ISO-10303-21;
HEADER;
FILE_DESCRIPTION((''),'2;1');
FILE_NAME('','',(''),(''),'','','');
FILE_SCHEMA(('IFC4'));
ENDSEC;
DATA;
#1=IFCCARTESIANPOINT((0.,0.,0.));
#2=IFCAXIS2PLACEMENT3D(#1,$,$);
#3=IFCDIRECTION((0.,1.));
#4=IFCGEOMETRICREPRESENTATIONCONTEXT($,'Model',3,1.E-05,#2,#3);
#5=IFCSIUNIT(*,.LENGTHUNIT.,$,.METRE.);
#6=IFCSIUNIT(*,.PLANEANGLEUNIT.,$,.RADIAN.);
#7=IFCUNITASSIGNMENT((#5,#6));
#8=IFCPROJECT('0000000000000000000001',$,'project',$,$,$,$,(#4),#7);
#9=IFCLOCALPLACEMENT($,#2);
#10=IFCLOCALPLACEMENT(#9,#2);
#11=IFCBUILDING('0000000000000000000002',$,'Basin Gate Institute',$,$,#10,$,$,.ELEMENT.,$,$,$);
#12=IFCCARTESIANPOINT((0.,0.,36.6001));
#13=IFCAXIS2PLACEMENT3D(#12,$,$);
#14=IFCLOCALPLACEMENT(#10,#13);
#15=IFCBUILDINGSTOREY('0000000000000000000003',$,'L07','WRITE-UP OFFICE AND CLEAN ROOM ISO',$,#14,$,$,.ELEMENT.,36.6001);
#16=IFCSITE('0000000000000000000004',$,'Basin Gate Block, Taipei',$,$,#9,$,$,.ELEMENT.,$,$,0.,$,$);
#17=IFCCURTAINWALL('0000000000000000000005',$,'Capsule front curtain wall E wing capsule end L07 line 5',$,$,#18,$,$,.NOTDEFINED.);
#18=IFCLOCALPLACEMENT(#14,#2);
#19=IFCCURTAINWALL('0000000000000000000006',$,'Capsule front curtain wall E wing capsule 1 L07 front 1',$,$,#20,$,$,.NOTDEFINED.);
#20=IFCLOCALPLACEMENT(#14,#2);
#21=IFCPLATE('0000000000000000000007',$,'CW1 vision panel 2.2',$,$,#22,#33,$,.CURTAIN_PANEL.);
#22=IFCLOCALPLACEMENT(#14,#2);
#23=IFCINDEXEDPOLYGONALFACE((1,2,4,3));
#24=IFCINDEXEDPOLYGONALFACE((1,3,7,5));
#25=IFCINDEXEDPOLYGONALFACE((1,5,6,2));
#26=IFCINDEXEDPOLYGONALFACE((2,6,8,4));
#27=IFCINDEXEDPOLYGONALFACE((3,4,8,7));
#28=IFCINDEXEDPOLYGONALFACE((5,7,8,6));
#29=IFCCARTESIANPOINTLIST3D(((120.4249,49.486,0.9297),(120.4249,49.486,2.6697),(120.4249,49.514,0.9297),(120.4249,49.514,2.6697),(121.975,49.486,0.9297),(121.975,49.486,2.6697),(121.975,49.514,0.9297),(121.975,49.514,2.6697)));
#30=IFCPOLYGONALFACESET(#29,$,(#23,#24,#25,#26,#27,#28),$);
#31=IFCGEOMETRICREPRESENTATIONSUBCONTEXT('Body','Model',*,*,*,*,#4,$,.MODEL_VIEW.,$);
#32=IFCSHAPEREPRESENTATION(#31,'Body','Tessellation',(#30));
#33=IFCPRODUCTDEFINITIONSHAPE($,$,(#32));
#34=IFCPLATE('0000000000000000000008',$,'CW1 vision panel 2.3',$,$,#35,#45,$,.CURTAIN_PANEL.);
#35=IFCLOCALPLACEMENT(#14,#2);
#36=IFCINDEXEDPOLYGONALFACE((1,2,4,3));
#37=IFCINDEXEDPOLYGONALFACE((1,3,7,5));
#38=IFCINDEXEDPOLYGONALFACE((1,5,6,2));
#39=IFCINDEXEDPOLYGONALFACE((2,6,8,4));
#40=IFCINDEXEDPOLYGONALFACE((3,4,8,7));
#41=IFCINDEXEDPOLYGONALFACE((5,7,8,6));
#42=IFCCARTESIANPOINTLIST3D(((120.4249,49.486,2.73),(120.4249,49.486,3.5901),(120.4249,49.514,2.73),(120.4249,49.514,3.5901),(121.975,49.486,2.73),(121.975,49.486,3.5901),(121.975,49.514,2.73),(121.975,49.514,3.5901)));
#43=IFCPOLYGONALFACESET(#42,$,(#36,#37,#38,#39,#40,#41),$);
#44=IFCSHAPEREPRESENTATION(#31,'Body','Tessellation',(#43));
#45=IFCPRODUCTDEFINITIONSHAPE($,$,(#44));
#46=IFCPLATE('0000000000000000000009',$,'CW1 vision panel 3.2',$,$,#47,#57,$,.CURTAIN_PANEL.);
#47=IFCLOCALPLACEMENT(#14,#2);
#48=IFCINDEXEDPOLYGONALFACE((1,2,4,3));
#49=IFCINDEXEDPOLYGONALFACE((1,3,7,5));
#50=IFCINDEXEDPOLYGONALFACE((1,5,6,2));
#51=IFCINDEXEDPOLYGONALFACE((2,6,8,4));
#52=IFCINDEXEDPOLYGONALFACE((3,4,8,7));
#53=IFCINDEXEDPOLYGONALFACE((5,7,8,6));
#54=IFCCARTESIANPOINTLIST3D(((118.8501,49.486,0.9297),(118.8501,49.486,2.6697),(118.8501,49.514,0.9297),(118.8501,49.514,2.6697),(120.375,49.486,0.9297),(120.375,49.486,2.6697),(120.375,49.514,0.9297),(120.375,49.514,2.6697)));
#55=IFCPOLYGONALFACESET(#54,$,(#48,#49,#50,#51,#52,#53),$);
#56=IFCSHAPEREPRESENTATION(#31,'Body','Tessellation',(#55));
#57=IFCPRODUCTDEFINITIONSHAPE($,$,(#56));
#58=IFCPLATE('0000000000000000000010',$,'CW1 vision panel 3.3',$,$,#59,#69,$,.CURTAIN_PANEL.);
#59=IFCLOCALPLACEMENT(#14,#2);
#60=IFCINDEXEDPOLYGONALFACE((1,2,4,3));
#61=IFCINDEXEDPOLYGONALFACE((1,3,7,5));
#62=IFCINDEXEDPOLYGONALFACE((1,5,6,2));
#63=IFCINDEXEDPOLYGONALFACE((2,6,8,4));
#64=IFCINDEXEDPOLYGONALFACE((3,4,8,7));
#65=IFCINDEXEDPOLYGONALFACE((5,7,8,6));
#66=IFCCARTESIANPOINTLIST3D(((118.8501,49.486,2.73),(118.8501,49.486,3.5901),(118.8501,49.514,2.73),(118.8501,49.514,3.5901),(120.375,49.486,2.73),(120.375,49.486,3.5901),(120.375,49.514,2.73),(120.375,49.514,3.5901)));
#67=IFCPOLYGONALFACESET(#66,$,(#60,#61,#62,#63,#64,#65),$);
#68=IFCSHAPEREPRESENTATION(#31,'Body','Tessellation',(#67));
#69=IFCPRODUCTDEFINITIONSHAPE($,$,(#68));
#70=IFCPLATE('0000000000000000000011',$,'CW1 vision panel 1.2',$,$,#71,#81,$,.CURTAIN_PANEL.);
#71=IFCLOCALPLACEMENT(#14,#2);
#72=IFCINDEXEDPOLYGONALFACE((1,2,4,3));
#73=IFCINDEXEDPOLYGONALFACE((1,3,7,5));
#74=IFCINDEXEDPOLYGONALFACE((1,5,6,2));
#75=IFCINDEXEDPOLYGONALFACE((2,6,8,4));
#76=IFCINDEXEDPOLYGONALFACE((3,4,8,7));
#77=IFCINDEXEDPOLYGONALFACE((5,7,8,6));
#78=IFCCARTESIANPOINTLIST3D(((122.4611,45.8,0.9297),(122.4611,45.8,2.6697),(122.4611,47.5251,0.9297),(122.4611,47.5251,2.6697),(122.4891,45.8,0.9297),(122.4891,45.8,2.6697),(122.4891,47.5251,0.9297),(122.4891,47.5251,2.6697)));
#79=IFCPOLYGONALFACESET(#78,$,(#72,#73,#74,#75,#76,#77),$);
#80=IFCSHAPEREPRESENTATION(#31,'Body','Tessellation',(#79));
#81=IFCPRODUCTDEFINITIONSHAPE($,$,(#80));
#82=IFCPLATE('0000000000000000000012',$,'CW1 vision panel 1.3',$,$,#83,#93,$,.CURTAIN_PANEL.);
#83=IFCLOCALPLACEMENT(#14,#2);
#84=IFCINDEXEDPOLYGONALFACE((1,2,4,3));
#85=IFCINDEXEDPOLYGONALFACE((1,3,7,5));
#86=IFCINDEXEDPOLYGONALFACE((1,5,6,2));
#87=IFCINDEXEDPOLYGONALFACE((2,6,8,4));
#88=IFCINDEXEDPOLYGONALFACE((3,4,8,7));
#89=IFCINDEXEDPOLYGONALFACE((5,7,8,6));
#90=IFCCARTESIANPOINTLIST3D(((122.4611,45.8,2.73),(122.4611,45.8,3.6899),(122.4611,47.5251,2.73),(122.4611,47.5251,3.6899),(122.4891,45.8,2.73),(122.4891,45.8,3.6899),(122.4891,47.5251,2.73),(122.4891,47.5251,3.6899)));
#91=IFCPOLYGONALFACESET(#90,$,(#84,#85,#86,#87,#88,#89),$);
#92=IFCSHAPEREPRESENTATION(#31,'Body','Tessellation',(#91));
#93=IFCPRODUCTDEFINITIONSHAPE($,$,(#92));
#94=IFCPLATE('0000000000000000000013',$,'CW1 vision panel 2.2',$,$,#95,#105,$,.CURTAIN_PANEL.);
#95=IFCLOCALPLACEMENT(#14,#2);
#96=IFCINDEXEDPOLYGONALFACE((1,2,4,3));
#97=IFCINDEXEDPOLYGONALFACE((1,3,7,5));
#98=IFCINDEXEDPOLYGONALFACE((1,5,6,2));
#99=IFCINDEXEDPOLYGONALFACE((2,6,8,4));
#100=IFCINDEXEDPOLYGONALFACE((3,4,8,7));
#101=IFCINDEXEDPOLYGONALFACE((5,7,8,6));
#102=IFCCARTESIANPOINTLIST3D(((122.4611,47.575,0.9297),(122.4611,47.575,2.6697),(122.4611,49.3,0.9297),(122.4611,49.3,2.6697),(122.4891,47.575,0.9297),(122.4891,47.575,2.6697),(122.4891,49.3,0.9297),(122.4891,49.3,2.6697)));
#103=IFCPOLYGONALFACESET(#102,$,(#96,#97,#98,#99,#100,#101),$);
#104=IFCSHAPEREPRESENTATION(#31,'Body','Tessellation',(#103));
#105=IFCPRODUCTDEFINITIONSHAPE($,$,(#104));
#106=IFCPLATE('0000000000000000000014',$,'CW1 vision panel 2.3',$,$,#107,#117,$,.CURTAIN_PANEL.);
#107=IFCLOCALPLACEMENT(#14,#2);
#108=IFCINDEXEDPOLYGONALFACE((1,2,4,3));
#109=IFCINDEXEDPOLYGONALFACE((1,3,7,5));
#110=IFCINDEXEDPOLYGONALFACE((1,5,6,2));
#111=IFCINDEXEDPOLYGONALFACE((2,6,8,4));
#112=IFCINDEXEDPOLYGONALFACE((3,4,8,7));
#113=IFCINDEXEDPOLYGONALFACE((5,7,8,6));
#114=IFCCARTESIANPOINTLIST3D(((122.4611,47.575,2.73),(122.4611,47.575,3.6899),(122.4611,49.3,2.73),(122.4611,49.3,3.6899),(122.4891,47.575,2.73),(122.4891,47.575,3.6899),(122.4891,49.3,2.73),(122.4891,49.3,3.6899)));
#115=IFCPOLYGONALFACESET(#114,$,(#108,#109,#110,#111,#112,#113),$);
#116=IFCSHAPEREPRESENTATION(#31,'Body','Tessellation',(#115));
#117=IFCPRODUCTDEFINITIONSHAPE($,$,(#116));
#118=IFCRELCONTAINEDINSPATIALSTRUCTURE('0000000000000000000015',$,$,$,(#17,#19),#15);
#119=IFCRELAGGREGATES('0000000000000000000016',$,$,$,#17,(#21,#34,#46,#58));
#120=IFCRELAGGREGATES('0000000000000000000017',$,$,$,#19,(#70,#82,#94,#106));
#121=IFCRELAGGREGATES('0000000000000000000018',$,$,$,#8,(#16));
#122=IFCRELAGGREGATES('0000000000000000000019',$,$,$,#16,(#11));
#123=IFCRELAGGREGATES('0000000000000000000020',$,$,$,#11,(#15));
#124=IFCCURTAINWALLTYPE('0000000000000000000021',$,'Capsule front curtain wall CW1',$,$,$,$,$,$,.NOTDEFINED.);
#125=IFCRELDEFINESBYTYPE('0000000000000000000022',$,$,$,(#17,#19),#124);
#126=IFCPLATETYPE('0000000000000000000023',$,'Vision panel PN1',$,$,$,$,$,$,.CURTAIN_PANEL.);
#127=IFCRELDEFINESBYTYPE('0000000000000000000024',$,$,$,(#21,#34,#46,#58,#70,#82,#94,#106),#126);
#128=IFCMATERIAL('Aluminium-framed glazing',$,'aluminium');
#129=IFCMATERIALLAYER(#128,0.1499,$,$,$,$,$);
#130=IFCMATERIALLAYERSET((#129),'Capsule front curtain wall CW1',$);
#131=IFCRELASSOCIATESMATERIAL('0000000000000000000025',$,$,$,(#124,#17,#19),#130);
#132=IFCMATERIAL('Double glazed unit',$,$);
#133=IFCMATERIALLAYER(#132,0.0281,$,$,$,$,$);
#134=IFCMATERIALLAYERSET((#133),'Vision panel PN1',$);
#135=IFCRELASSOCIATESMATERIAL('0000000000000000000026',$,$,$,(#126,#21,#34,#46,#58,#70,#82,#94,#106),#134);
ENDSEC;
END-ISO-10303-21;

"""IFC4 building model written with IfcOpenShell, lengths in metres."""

from ifc_helpers import new_model, si_unit, direction, frame, origin, origin_2d, place, context, subcontext, project, spatial, rectangle, extrude, material, layer, layer_set, type_object, element, aggregate, save


model = new_model("IFC4")

# Units and contexts
model_context = context("Model", 3, precision=1e-05, world=origin(), true_north=direction((0.0, 1.0)))
body_context = subcontext(model_context, "Body", "Model", "MODEL_VIEW")
ifc_project = project(units=[si_unit("LENGTHUNIT", "METRE"), si_unit("PLANEANGLEUNIT", "RADIAN")], contexts=[model_context])

# Site, building, storey
site_placement = place(None, origin())
site = spatial("IfcSite", under=ifc_project, at=site_placement, Name="Basin Gate Block, Taipei", CompositionType="ELEMENT", RefElevation=0.0)
building_placement = place(site_placement, origin())
building = spatial("IfcBuilding", under=site, at=building_placement, Name="Basin Gate Institute", CompositionType="ELEMENT")
storey_placement = place(building_placement, frame((0.0, 0.0, 36.6001)))
storey = spatial("IfcBuildingStorey", under=building, at=storey_placement, Name="L07", Description="WRITE-UP OFFICE AND CLEAN ROOM ISO", CompositionType="ELEMENT", Elevation=36.6001)

# Shared definitions
ifc_material_1 = material(Name="Aluminium-framed glazing", Category="aluminium")
ifc_layer_1 = layer(ifc_material_1, 0.1499)
ifc_layer_set_1 = layer_set([ifc_layer_1], Name="Capsule front curtain wall CW1")
curtain_wall_type = type_object("IfcCurtainWallType", Name="Capsule front curtain wall CW1", PredefinedType="NOTDEFINED", material=ifc_layer_set_1)

# Curtain walls
curtain_wall_1_placement = place(storey_placement, origin())
curtain_wall_1 = element("IfcCurtainWall", 1, at=curtain_wall_1_placement, inside=storey, type_object=curtain_wall_type, material=ifc_layer_set_1, Name="Capsule front curtain wall E wing capsule end L07 line 5", PredefinedType="NOTDEFINED")
curtain_wall_2_placement = place(storey_placement, origin())
curtain_wall_2 = element("IfcCurtainWall", 2, at=curtain_wall_2_placement, inside=storey, type_object=curtain_wall_type, material=ifc_layer_set_1, Name="Capsule front curtain wall E wing capsule 1 L07 front 1", PredefinedType="NOTDEFINED")

# Plates
ifc_material_2 = material(Name="Double glazed unit")
ifc_layer_2 = layer(ifc_material_2, 0.0281)
ifc_layer_set_2 = layer_set([ifc_layer_2], Name="Vision panel PN1")
plate_type_1 = type_object("IfcPlateType", Name="Vision panel PN1", PredefinedType="CURTAIN_PANEL", material=ifc_layer_set_2)
plate_1_placement = place(storey_placement, frame((121.2, 49.5, 0.9297), z_axis=(0.0, 0.0, 1.0), x_axis=(-1.0, 0.0, 0.0)))
plate_1 = element("IfcPlate", 3, at=plate_1_placement, type_object=plate_type_1, material=ifc_layer_set_2, Name="CW1 vision panel 2.2", PredefinedType="CURTAIN_PANEL", context=body_context, shape_type="SweptSolid", body=[
    extrude(rectangle(XDim=1.55, YDim=0.0281, at=origin_2d()), origin(), (0.0, 0.0, 1.0), 1.74),
])
plate_2_placement = place(storey_placement, frame((121.2, 49.5, 2.73), z_axis=(0.0, 0.0, 1.0), x_axis=(-1.0, 0.0, 0.0)))
plate_2 = element("IfcPlate", 4, at=plate_2_placement, type_object=plate_type_1, material=ifc_layer_set_2, Name="CW1 vision panel 2.3", PredefinedType="CURTAIN_PANEL", context=body_context, shape_type="SweptSolid", body=[
    extrude(rectangle(XDim=1.55, YDim=0.0281, at=origin_2d()), origin(), (0.0, 0.0, 1.0), 0.8601),
])
plate_3_placement = place(storey_placement, frame((119.6125, 49.5, 0.9297), z_axis=(0.0, 0.0, 1.0), x_axis=(-1.0, 0.0, 0.0)))
plate_3 = element("IfcPlate", 5, at=plate_3_placement, type_object=plate_type_1, material=ifc_layer_set_2, Name="CW1 vision panel 3.2", PredefinedType="CURTAIN_PANEL", context=body_context, shape_type="SweptSolid", body=[
    extrude(rectangle(XDim=1.5249, YDim=0.0281, at=origin_2d()), origin(), (0.0, 0.0, 1.0), 1.74),
])
plate_4_placement = place(storey_placement, frame((119.6125, 49.5, 2.73), z_axis=(0.0, 0.0, 1.0), x_axis=(-1.0, 0.0, 0.0)))
plate_4 = element("IfcPlate", 6, at=plate_4_placement, type_object=plate_type_1, material=ifc_layer_set_2, Name="CW1 vision panel 3.3", PredefinedType="CURTAIN_PANEL", context=body_context, shape_type="SweptSolid", body=[
    extrude(rectangle(XDim=1.5249, YDim=0.0281, at=origin_2d()), origin(), (0.0, 0.0, 1.0), 0.8601),
])
aggregate(curtain_wall_1, [plate_1, plate_2, plate_3, plate_4])
plate_5_placement = place(storey_placement, frame((122.4751, 46.6626, 0.9297), z_axis=(0.0, 0.0, 1.0), x_axis=(0.0, 1.0, 0.0)))
plate_5 = element("IfcPlate", 7, at=plate_5_placement, type_object=plate_type_1, material=ifc_layer_set_2, Name="CW1 vision panel 1.2", PredefinedType="CURTAIN_PANEL", context=body_context, shape_type="SweptSolid", body=[
    extrude(rectangle(XDim=1.7251, YDim=0.0281, at=origin_2d()), origin(), (0.0, 0.0, 1.0), 1.74),
])
plate_6_placement = place(storey_placement, frame((122.4751, 46.6626, 2.73), z_axis=(0.0, 0.0, 1.0), x_axis=(0.0, 1.0, 0.0)))
plate_6 = element("IfcPlate", 8, at=plate_6_placement, type_object=plate_type_1, material=ifc_layer_set_2, Name="CW1 vision panel 1.3", PredefinedType="CURTAIN_PANEL", context=body_context, shape_type="SweptSolid", body=[
    extrude(rectangle(XDim=1.7251, YDim=0.0281, at=origin_2d()), origin(), (0.0, 0.0, 1.0), 0.96),
])
plate_7_placement = place(storey_placement, frame((122.4751, 48.4375, 0.9297), z_axis=(0.0, 0.0, 1.0), x_axis=(0.0, 1.0, 0.0)))
plate_7 = element("IfcPlate", 9, at=plate_7_placement, type_object=plate_type_1, material=ifc_layer_set_2, Name="CW1 vision panel 2.2", PredefinedType="CURTAIN_PANEL", context=body_context, shape_type="SweptSolid", body=[
    extrude(rectangle(XDim=1.7251, YDim=0.0281, at=origin_2d()), origin(), (0.0, 0.0, 1.0), 1.74),
])
plate_8_placement = place(storey_placement, frame((122.4751, 48.4375, 2.73), z_axis=(0.0, 0.0, 1.0), x_axis=(0.0, 1.0, 0.0)))
plate_8 = element("IfcPlate", 10, at=plate_8_placement, type_object=plate_type_1, material=ifc_layer_set_2, Name="CW1 vision panel 2.3", PredefinedType="CURTAIN_PANEL", context=body_context, shape_type="SweptSolid", body=[
    extrude(rectangle(XDim=1.7251, YDim=0.0281, at=origin_2d()), origin(), (0.0, 0.0, 1.0), 0.96),
])
aggregate(curtain_wall_2, [plate_5, plate_6, plate_7, plate_8])

save(model, "model.ifc")
